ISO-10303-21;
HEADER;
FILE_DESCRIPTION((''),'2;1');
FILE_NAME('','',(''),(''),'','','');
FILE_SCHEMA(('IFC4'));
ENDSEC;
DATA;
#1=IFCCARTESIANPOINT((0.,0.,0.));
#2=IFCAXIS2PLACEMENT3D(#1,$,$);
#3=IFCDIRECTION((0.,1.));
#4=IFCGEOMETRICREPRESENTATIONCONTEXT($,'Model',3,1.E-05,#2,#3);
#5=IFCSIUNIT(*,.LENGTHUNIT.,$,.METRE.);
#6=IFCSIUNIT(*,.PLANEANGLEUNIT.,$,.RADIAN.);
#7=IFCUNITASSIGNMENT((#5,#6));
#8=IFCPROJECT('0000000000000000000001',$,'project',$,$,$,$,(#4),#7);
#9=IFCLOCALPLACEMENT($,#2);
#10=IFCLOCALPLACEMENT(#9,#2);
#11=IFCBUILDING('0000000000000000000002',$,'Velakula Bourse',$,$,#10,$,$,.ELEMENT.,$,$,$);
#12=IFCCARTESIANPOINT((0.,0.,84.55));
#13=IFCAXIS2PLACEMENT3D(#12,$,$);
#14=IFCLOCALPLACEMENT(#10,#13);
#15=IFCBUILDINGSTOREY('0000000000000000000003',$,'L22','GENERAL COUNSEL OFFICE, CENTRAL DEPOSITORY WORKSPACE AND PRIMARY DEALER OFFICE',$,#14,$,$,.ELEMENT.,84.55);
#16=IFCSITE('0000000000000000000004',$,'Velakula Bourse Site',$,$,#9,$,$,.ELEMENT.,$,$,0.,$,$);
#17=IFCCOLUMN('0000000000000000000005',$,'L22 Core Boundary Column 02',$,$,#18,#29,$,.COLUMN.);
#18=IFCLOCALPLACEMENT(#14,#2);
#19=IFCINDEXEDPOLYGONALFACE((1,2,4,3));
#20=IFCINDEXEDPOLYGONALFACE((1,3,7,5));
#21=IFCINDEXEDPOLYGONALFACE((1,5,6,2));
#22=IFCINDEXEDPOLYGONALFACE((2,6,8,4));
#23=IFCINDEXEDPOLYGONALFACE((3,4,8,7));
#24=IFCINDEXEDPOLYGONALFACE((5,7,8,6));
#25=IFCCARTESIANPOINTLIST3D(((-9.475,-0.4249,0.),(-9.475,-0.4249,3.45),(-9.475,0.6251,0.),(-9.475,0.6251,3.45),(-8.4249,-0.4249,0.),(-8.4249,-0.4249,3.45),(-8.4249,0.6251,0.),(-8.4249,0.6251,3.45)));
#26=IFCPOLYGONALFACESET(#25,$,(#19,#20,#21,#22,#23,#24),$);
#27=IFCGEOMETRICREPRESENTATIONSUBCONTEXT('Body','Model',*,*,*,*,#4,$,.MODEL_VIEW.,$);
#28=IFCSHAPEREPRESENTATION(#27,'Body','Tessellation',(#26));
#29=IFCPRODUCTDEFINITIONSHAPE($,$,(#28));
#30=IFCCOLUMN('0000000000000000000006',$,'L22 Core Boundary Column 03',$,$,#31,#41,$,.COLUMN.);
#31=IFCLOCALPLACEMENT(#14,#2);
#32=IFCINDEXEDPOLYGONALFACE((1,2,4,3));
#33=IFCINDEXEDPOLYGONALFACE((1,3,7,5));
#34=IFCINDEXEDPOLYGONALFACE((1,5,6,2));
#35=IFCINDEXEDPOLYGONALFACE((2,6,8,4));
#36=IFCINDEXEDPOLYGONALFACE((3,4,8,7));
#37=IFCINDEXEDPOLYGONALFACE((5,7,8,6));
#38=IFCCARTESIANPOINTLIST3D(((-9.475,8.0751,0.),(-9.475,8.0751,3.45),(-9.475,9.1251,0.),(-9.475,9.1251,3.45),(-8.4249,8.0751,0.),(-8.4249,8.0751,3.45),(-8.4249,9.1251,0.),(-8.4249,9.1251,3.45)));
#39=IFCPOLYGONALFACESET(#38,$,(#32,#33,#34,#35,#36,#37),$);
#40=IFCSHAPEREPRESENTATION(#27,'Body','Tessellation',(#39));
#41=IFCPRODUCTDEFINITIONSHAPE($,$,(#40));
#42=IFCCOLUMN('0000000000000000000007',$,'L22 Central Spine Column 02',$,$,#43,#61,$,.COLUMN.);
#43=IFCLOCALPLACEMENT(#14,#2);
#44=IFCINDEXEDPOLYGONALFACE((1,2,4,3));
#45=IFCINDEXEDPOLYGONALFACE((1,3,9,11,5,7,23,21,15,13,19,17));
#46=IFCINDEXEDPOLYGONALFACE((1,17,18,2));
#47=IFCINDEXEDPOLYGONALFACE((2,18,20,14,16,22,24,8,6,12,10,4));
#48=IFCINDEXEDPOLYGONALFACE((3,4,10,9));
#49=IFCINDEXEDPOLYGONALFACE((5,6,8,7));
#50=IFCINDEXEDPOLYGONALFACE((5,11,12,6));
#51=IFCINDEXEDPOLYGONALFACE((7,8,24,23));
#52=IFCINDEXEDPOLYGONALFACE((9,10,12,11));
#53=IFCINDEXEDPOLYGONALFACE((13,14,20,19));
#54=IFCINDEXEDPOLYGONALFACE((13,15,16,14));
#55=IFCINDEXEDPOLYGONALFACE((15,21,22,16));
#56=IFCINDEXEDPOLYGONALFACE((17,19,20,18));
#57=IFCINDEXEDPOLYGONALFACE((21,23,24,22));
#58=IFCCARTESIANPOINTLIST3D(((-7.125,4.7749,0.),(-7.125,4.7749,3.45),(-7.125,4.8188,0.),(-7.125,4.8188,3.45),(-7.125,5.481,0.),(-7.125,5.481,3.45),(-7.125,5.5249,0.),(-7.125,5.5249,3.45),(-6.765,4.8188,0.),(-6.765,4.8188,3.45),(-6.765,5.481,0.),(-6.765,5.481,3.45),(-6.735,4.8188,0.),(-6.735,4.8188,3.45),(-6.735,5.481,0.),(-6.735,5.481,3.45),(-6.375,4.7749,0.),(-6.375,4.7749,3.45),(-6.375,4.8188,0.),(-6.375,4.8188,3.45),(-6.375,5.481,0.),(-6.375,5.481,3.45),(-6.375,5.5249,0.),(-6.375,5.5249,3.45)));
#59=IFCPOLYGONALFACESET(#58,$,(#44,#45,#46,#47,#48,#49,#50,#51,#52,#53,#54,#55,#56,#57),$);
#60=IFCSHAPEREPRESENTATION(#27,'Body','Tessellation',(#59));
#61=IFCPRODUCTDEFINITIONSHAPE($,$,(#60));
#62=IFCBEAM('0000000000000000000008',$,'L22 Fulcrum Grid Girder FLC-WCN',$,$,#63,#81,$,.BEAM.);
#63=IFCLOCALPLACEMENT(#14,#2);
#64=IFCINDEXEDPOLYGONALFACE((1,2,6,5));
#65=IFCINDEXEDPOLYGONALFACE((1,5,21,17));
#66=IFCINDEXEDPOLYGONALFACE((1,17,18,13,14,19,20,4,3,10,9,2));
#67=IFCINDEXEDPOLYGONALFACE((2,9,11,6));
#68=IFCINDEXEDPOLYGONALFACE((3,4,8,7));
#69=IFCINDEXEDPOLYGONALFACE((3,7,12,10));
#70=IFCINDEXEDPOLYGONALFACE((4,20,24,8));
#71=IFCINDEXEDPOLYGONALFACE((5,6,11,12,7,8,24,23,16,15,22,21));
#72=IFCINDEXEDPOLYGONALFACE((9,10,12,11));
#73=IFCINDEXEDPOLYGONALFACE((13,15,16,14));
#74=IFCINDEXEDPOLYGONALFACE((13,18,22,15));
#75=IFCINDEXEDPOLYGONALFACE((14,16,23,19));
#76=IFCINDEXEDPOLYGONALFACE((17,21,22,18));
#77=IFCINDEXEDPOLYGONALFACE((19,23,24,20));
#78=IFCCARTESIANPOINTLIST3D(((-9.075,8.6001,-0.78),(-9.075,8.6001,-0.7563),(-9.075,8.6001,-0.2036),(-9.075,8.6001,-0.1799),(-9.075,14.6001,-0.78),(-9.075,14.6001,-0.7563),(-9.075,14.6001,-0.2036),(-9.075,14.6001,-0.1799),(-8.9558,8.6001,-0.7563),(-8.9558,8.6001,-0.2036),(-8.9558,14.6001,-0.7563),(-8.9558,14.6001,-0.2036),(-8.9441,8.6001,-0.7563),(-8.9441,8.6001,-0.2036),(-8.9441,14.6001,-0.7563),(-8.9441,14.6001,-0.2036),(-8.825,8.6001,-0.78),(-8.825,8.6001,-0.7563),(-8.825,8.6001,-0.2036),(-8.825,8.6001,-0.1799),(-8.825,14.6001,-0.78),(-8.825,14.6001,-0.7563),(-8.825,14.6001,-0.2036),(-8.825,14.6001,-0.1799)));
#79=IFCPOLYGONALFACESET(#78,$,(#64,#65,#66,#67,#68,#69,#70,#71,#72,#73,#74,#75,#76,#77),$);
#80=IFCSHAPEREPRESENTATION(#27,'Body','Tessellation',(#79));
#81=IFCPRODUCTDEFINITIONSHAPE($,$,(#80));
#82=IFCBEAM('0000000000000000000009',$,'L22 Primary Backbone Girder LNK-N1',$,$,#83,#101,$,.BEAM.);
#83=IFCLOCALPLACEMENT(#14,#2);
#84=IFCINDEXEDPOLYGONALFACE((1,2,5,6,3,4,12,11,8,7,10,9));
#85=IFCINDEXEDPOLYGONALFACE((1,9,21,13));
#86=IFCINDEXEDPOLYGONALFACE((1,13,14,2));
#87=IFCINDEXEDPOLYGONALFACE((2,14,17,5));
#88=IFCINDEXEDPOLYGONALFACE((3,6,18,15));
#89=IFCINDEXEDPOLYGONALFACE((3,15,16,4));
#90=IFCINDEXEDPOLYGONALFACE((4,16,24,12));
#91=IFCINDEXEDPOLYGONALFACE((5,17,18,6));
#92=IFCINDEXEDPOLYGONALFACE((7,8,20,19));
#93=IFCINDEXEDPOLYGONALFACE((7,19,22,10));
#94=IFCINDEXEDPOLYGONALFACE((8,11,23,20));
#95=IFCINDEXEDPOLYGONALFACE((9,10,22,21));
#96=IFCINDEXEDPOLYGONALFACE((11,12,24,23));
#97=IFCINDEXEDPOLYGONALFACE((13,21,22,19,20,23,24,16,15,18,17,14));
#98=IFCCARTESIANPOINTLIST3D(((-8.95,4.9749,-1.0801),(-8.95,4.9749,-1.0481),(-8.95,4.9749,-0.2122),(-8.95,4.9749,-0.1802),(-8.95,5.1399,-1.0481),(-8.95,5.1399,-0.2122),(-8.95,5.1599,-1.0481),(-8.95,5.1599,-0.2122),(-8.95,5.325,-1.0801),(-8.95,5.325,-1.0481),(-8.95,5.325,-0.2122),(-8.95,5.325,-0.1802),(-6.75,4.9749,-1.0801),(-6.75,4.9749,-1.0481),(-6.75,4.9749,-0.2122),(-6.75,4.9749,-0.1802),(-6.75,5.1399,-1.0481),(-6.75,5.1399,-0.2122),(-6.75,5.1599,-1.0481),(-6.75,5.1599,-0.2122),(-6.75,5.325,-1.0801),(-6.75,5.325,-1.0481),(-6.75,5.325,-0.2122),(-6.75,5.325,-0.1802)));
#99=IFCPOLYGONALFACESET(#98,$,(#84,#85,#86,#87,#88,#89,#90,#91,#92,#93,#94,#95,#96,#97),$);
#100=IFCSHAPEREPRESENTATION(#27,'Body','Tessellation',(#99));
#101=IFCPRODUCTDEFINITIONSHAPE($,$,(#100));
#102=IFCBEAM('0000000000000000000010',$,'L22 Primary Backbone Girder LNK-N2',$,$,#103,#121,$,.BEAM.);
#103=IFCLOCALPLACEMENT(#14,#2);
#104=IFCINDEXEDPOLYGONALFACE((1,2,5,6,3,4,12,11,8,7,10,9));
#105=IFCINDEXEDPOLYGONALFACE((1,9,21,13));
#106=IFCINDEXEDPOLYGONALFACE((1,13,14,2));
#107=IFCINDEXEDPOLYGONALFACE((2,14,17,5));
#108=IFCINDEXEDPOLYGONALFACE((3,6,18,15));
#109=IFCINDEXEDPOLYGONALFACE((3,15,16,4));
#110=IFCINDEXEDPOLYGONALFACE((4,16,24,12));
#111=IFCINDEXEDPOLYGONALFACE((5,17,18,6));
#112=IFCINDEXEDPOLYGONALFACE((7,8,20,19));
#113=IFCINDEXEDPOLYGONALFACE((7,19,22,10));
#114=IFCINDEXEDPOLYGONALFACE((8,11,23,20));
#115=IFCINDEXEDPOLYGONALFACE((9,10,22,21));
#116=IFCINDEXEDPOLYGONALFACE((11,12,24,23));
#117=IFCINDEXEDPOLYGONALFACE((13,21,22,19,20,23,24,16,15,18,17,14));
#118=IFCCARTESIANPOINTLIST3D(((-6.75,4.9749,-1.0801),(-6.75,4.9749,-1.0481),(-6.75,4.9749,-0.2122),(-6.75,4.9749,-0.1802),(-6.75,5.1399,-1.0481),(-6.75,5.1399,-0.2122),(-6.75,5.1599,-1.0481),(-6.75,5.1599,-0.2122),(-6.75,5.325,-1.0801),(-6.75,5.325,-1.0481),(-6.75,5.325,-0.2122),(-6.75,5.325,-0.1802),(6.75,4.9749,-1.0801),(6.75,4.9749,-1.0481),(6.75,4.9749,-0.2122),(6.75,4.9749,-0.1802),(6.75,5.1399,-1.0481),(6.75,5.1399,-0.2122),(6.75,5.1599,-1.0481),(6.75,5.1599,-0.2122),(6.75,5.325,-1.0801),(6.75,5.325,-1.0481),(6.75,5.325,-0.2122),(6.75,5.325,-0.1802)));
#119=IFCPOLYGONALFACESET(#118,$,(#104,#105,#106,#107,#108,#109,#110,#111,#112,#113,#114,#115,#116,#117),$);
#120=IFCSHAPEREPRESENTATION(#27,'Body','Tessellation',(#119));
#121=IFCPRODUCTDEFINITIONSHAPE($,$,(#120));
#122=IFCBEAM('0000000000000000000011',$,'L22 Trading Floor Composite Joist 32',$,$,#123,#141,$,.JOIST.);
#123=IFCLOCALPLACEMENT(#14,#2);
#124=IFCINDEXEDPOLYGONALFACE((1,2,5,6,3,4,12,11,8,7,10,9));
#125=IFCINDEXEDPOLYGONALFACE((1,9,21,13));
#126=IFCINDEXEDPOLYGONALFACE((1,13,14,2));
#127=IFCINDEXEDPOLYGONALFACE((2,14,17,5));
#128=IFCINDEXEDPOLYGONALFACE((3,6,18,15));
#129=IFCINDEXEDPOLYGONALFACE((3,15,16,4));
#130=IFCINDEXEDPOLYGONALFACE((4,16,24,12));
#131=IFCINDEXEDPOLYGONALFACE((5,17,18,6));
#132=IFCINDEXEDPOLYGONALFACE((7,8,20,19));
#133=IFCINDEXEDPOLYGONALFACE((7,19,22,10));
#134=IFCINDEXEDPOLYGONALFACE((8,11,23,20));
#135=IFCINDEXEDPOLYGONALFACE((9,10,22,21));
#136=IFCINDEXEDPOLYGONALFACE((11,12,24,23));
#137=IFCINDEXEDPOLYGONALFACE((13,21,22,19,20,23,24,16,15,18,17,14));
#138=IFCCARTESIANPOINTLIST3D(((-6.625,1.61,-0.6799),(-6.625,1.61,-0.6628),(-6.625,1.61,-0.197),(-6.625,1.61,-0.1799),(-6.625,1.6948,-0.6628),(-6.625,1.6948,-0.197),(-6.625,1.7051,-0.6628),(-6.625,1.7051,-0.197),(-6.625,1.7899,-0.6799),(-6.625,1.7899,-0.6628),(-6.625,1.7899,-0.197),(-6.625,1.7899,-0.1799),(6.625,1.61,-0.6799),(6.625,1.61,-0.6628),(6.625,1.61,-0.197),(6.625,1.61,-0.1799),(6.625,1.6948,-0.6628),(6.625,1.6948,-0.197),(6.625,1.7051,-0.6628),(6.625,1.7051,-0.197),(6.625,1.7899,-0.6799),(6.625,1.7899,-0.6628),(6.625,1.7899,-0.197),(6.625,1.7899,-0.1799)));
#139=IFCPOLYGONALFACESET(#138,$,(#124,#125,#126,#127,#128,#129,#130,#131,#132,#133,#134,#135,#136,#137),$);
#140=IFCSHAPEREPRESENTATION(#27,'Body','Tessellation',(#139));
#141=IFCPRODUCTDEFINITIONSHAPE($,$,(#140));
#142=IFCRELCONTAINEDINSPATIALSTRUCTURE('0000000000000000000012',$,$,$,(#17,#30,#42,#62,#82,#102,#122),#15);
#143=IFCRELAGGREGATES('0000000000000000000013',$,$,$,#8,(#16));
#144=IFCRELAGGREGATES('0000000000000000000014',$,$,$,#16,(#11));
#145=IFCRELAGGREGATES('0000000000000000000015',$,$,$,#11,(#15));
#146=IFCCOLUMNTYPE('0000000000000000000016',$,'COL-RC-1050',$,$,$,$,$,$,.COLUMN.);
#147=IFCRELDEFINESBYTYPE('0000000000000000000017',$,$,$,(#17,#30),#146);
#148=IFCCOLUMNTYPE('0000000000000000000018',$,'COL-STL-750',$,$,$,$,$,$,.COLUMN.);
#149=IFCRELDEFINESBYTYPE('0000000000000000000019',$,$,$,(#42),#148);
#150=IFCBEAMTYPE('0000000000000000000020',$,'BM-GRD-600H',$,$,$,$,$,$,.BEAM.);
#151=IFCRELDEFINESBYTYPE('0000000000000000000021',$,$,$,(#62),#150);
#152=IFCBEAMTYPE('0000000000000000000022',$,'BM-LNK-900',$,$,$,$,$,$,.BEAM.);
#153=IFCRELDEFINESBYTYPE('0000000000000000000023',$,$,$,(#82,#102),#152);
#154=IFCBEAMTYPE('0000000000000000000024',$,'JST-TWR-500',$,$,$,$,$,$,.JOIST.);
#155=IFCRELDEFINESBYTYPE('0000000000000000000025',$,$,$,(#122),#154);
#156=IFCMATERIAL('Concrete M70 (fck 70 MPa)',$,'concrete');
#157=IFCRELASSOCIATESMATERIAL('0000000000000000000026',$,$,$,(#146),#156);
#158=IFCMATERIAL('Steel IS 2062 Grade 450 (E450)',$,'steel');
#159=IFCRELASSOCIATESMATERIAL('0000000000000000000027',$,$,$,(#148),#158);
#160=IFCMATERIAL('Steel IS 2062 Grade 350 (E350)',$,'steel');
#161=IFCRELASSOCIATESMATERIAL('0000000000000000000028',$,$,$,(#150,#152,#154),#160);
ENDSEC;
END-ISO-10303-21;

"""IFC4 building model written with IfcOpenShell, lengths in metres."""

from ifc_helpers import new_model, si_unit, direction, frame, origin, origin_2d, place, context, subcontext, project, spatial, rectangle, i_section, extrude, material, material_profile, profile_set, type_object, element, save


model = new_model("IFC4")

# Units and contexts
model_context = context("Model", 3, precision=1e-05, world=origin(), true_north=direction((0.0, 1.0)))
body_context = subcontext(model_context, "Body", "Model", "MODEL_VIEW")
ifc_project = project(units=[si_unit("LENGTHUNIT", "METRE"), si_unit("PLANEANGLEUNIT", "RADIAN")], contexts=[model_context])

# Site, building, storey
site_placement = place(None, origin())
site = spatial("IfcSite", under=ifc_project, at=site_placement, Name="Velakula Bourse Site", CompositionType="ELEMENT", RefElevation=0.0)
building_placement = place(site_placement, origin())
building = spatial("IfcBuilding", under=site, at=building_placement, Name="Velakula Bourse", CompositionType="ELEMENT")
storey_placement = place(building_placement, frame((0.0, 0.0, 84.55)))
storey = spatial("IfcBuildingStorey", under=building, at=storey_placement, Name="L22", Description="GENERAL COUNSEL OFFICE, CENTRAL DEPOSITORY WORKSPACE AND PRIMARY DEALER OFFICE", CompositionType="ELEMENT", Elevation=84.55)

# Columns
ifc_material_1 = material(Name="Concrete M70 (fck 70 MPa)", Category="concrete")
ifc_material_profile_1 = material_profile(ifc_material_1, rectangle(XDim=1.05, YDim=1.05, at=origin_2d()), Name="Concrete M70 (fck 70 MPa)")
ifc_profile_set_1 = profile_set([ifc_material_profile_1], Name="Concrete M70 (fck 70 MPa)")
column_type_1 = type_object("IfcColumnType", Name="COL-RC-1050", PredefinedType="COLUMN", material=ifc_profile_set_1)
for number, where, z_axis, x_axis, name in (
    (1, (-8.95, 0.1001, 0.0), (0.0, 0.0, 1.0), (1.0, 0.0, 0.0), "L22 Core Boundary Column 02"),
    (2, (-8.95, 8.6001, 0.0), (0.0, 0.0, 1.0), (1.0, 0.0, 0.0), "L22 Core Boundary Column 03"),
):
    element("IfcColumn", number, at=place(storey_placement, frame(where, z_axis=z_axis, x_axis=x_axis)), inside=storey, type_object=column_type_1, Name=name, PredefinedType="COLUMN", context=body_context, shape_type="SweptSolid", body=[
        extrude(rectangle(XDim=1.05, YDim=1.05, at=origin_2d()), origin(), (0.0, 0.0, 1.0), 3.45),
    ])
ifc_material_2 = material(Name="Steel IS 2062 Grade 450 (E450)", Category="steel")
ifc_material_profile_2 = material_profile(ifc_material_2, i_section(OverallWidth=0.75, OverallDepth=0.75, WebThickness=0.03, FlangeThickness=0.0439, at=origin_2d()), Name="Steel IS 2062 Grade 450 (E450)")
ifc_profile_set_2 = profile_set([ifc_material_profile_2], Name="Steel IS 2062 Grade 450 (E450)")
column_type_2 = type_object("IfcColumnType", Name="COL-STL-750", PredefinedType="COLUMN", material=ifc_profile_set_2)
column_placement = place(storey_placement, frame((-6.75, 5.1499, 0.0), z_axis=(0.0, 0.0, 1.0), x_axis=(1.0, 0.0, 0.0)))
element("IfcColumn", 3, at=column_placement, inside=storey, type_object=column_type_2, Name="L22 Central Spine Column 02", PredefinedType="COLUMN", context=body_context, shape_type="SweptSolid", body=[
    extrude(i_section(OverallWidth=0.75, OverallDepth=0.75, WebThickness=0.03, FlangeThickness=0.0439, at=origin_2d()), origin(), (0.0, 0.0, 1.0), 3.45),
])

# Beams
ifc_material_3 = material(Name="Steel IS 2062 Grade 350 (E350)", Category="steel")
ifc_material_profile_3 = material_profile(ifc_material_3, i_section(OverallWidth=0.25, OverallDepth=0.6001, WebThickness=0.0117, FlangeThickness=0.0237, at=origin_2d()), Name="Steel IS 2062 Grade 350 (E350)")
ifc_profile_set_3 = profile_set([ifc_material_profile_3], Name="Steel IS 2062 Grade 350 (E350)")
beam_type_1 = type_object("IfcBeamType", Name="BM-GRD-600H", PredefinedType="BEAM", material=ifc_profile_set_3)
beam_1_placement = place(storey_placement, frame((-8.95, 8.6001, -0.48), z_axis=(0.0, 1.0, 0.0), x_axis=(-1.0, 0.0, 0.0)))
element("IfcBeam", 4, at=beam_1_placement, inside=storey, type_object=beam_type_1, Name="L22 Fulcrum Grid Girder FLC-WCN", PredefinedType="BEAM", context=body_context, shape_type="SweptSolid", body=[
    extrude(i_section(OverallWidth=0.25, OverallDepth=0.6001, WebThickness=0.0117, FlangeThickness=0.0237, at=origin_2d()), origin(), (0.0, 0.0, 1.0), 6.0),
])
ifc_material_profile_4 = material_profile(ifc_material_3, i_section(OverallWidth=0.3501, OverallDepth=0.8999, WebThickness=0.02, FlangeThickness=0.032, at=origin_2d()), Name="Steel IS 2062 Grade 350 (E350)")
ifc_profile_set_4 = profile_set([ifc_material_profile_4], Name="Steel IS 2062 Grade 350 (E350)")
beam_type_2 = type_object("IfcBeamType", Name="BM-LNK-900", PredefinedType="BEAM", material=ifc_profile_set_4)
beam_2_placement = place(storey_placement, frame((-8.95, 5.1499, -0.6301), z_axis=(1.0, 0.0, 0.0), x_axis=(0.0, 1.0, 0.0)))
element("IfcBeam", 5, at=beam_2_placement, inside=storey, type_object=beam_type_2, Name="L22 Primary Backbone Girder LNK-N1", PredefinedType="BEAM", context=body_context, shape_type="SweptSolid", body=[
    extrude(i_section(OverallWidth=0.3501, OverallDepth=0.8999, WebThickness=0.02, FlangeThickness=0.032, at=origin_2d()), origin(), (0.0, 0.0, 1.0), 2.2),
])
beam_3_placement = place(storey_placement, frame((-6.75, 5.1499, -0.6301), z_axis=(1.0, 0.0, 0.0), x_axis=(0.0, 1.0, 0.0)))
element("IfcBeam", 6, at=beam_3_placement, inside=storey, type_object=beam_type_2, Name="L22 Primary Backbone Girder LNK-N2", PredefinedType="BEAM", context=body_context, shape_type="SweptSolid", body=[
    extrude(i_section(OverallWidth=0.3501, OverallDepth=0.8999, WebThickness=0.02, FlangeThickness=0.032, at=origin_2d()), origin(), (0.0, 0.0, 1.0), 13.5),
])
ifc_material_profile_5 = material_profile(ifc_material_3, i_section(OverallWidth=0.1799, OverallDepth=0.5, WebThickness=0.0103, FlangeThickness=0.0171, at=origin_2d()), Name="Steel IS 2062 Grade 350 (E350)")
ifc_profile_set_5 = profile_set([ifc_material_profile_5], Name="Steel IS 2062 Grade 350 (E350)")
beam_type_3 = type_object("IfcBeamType", Name="JST-TWR-500", PredefinedType="JOIST", material=ifc_profile_set_5)
beam_4_placement = place(storey_placement, frame((-6.625, 1.7, -0.4299), z_axis=(1.0, 0.0, 0.0), x_axis=(0.0, 1.0, 0.0)))
element("IfcBeam", 7, at=beam_4_placement, inside=storey, type_object=beam_type_3, Name="L22 Trading Floor Composite Joist 32", PredefinedType="JOIST", context=body_context, shape_type="SweptSolid", body=[
    extrude(i_section(OverallWidth=0.1799, OverallDepth=0.5, WebThickness=0.0103, FlangeThickness=0.0171, at=origin_2d()), origin(), (0.0, 0.0, 1.0), 13.25),
])

save(model, "model.ifc")
